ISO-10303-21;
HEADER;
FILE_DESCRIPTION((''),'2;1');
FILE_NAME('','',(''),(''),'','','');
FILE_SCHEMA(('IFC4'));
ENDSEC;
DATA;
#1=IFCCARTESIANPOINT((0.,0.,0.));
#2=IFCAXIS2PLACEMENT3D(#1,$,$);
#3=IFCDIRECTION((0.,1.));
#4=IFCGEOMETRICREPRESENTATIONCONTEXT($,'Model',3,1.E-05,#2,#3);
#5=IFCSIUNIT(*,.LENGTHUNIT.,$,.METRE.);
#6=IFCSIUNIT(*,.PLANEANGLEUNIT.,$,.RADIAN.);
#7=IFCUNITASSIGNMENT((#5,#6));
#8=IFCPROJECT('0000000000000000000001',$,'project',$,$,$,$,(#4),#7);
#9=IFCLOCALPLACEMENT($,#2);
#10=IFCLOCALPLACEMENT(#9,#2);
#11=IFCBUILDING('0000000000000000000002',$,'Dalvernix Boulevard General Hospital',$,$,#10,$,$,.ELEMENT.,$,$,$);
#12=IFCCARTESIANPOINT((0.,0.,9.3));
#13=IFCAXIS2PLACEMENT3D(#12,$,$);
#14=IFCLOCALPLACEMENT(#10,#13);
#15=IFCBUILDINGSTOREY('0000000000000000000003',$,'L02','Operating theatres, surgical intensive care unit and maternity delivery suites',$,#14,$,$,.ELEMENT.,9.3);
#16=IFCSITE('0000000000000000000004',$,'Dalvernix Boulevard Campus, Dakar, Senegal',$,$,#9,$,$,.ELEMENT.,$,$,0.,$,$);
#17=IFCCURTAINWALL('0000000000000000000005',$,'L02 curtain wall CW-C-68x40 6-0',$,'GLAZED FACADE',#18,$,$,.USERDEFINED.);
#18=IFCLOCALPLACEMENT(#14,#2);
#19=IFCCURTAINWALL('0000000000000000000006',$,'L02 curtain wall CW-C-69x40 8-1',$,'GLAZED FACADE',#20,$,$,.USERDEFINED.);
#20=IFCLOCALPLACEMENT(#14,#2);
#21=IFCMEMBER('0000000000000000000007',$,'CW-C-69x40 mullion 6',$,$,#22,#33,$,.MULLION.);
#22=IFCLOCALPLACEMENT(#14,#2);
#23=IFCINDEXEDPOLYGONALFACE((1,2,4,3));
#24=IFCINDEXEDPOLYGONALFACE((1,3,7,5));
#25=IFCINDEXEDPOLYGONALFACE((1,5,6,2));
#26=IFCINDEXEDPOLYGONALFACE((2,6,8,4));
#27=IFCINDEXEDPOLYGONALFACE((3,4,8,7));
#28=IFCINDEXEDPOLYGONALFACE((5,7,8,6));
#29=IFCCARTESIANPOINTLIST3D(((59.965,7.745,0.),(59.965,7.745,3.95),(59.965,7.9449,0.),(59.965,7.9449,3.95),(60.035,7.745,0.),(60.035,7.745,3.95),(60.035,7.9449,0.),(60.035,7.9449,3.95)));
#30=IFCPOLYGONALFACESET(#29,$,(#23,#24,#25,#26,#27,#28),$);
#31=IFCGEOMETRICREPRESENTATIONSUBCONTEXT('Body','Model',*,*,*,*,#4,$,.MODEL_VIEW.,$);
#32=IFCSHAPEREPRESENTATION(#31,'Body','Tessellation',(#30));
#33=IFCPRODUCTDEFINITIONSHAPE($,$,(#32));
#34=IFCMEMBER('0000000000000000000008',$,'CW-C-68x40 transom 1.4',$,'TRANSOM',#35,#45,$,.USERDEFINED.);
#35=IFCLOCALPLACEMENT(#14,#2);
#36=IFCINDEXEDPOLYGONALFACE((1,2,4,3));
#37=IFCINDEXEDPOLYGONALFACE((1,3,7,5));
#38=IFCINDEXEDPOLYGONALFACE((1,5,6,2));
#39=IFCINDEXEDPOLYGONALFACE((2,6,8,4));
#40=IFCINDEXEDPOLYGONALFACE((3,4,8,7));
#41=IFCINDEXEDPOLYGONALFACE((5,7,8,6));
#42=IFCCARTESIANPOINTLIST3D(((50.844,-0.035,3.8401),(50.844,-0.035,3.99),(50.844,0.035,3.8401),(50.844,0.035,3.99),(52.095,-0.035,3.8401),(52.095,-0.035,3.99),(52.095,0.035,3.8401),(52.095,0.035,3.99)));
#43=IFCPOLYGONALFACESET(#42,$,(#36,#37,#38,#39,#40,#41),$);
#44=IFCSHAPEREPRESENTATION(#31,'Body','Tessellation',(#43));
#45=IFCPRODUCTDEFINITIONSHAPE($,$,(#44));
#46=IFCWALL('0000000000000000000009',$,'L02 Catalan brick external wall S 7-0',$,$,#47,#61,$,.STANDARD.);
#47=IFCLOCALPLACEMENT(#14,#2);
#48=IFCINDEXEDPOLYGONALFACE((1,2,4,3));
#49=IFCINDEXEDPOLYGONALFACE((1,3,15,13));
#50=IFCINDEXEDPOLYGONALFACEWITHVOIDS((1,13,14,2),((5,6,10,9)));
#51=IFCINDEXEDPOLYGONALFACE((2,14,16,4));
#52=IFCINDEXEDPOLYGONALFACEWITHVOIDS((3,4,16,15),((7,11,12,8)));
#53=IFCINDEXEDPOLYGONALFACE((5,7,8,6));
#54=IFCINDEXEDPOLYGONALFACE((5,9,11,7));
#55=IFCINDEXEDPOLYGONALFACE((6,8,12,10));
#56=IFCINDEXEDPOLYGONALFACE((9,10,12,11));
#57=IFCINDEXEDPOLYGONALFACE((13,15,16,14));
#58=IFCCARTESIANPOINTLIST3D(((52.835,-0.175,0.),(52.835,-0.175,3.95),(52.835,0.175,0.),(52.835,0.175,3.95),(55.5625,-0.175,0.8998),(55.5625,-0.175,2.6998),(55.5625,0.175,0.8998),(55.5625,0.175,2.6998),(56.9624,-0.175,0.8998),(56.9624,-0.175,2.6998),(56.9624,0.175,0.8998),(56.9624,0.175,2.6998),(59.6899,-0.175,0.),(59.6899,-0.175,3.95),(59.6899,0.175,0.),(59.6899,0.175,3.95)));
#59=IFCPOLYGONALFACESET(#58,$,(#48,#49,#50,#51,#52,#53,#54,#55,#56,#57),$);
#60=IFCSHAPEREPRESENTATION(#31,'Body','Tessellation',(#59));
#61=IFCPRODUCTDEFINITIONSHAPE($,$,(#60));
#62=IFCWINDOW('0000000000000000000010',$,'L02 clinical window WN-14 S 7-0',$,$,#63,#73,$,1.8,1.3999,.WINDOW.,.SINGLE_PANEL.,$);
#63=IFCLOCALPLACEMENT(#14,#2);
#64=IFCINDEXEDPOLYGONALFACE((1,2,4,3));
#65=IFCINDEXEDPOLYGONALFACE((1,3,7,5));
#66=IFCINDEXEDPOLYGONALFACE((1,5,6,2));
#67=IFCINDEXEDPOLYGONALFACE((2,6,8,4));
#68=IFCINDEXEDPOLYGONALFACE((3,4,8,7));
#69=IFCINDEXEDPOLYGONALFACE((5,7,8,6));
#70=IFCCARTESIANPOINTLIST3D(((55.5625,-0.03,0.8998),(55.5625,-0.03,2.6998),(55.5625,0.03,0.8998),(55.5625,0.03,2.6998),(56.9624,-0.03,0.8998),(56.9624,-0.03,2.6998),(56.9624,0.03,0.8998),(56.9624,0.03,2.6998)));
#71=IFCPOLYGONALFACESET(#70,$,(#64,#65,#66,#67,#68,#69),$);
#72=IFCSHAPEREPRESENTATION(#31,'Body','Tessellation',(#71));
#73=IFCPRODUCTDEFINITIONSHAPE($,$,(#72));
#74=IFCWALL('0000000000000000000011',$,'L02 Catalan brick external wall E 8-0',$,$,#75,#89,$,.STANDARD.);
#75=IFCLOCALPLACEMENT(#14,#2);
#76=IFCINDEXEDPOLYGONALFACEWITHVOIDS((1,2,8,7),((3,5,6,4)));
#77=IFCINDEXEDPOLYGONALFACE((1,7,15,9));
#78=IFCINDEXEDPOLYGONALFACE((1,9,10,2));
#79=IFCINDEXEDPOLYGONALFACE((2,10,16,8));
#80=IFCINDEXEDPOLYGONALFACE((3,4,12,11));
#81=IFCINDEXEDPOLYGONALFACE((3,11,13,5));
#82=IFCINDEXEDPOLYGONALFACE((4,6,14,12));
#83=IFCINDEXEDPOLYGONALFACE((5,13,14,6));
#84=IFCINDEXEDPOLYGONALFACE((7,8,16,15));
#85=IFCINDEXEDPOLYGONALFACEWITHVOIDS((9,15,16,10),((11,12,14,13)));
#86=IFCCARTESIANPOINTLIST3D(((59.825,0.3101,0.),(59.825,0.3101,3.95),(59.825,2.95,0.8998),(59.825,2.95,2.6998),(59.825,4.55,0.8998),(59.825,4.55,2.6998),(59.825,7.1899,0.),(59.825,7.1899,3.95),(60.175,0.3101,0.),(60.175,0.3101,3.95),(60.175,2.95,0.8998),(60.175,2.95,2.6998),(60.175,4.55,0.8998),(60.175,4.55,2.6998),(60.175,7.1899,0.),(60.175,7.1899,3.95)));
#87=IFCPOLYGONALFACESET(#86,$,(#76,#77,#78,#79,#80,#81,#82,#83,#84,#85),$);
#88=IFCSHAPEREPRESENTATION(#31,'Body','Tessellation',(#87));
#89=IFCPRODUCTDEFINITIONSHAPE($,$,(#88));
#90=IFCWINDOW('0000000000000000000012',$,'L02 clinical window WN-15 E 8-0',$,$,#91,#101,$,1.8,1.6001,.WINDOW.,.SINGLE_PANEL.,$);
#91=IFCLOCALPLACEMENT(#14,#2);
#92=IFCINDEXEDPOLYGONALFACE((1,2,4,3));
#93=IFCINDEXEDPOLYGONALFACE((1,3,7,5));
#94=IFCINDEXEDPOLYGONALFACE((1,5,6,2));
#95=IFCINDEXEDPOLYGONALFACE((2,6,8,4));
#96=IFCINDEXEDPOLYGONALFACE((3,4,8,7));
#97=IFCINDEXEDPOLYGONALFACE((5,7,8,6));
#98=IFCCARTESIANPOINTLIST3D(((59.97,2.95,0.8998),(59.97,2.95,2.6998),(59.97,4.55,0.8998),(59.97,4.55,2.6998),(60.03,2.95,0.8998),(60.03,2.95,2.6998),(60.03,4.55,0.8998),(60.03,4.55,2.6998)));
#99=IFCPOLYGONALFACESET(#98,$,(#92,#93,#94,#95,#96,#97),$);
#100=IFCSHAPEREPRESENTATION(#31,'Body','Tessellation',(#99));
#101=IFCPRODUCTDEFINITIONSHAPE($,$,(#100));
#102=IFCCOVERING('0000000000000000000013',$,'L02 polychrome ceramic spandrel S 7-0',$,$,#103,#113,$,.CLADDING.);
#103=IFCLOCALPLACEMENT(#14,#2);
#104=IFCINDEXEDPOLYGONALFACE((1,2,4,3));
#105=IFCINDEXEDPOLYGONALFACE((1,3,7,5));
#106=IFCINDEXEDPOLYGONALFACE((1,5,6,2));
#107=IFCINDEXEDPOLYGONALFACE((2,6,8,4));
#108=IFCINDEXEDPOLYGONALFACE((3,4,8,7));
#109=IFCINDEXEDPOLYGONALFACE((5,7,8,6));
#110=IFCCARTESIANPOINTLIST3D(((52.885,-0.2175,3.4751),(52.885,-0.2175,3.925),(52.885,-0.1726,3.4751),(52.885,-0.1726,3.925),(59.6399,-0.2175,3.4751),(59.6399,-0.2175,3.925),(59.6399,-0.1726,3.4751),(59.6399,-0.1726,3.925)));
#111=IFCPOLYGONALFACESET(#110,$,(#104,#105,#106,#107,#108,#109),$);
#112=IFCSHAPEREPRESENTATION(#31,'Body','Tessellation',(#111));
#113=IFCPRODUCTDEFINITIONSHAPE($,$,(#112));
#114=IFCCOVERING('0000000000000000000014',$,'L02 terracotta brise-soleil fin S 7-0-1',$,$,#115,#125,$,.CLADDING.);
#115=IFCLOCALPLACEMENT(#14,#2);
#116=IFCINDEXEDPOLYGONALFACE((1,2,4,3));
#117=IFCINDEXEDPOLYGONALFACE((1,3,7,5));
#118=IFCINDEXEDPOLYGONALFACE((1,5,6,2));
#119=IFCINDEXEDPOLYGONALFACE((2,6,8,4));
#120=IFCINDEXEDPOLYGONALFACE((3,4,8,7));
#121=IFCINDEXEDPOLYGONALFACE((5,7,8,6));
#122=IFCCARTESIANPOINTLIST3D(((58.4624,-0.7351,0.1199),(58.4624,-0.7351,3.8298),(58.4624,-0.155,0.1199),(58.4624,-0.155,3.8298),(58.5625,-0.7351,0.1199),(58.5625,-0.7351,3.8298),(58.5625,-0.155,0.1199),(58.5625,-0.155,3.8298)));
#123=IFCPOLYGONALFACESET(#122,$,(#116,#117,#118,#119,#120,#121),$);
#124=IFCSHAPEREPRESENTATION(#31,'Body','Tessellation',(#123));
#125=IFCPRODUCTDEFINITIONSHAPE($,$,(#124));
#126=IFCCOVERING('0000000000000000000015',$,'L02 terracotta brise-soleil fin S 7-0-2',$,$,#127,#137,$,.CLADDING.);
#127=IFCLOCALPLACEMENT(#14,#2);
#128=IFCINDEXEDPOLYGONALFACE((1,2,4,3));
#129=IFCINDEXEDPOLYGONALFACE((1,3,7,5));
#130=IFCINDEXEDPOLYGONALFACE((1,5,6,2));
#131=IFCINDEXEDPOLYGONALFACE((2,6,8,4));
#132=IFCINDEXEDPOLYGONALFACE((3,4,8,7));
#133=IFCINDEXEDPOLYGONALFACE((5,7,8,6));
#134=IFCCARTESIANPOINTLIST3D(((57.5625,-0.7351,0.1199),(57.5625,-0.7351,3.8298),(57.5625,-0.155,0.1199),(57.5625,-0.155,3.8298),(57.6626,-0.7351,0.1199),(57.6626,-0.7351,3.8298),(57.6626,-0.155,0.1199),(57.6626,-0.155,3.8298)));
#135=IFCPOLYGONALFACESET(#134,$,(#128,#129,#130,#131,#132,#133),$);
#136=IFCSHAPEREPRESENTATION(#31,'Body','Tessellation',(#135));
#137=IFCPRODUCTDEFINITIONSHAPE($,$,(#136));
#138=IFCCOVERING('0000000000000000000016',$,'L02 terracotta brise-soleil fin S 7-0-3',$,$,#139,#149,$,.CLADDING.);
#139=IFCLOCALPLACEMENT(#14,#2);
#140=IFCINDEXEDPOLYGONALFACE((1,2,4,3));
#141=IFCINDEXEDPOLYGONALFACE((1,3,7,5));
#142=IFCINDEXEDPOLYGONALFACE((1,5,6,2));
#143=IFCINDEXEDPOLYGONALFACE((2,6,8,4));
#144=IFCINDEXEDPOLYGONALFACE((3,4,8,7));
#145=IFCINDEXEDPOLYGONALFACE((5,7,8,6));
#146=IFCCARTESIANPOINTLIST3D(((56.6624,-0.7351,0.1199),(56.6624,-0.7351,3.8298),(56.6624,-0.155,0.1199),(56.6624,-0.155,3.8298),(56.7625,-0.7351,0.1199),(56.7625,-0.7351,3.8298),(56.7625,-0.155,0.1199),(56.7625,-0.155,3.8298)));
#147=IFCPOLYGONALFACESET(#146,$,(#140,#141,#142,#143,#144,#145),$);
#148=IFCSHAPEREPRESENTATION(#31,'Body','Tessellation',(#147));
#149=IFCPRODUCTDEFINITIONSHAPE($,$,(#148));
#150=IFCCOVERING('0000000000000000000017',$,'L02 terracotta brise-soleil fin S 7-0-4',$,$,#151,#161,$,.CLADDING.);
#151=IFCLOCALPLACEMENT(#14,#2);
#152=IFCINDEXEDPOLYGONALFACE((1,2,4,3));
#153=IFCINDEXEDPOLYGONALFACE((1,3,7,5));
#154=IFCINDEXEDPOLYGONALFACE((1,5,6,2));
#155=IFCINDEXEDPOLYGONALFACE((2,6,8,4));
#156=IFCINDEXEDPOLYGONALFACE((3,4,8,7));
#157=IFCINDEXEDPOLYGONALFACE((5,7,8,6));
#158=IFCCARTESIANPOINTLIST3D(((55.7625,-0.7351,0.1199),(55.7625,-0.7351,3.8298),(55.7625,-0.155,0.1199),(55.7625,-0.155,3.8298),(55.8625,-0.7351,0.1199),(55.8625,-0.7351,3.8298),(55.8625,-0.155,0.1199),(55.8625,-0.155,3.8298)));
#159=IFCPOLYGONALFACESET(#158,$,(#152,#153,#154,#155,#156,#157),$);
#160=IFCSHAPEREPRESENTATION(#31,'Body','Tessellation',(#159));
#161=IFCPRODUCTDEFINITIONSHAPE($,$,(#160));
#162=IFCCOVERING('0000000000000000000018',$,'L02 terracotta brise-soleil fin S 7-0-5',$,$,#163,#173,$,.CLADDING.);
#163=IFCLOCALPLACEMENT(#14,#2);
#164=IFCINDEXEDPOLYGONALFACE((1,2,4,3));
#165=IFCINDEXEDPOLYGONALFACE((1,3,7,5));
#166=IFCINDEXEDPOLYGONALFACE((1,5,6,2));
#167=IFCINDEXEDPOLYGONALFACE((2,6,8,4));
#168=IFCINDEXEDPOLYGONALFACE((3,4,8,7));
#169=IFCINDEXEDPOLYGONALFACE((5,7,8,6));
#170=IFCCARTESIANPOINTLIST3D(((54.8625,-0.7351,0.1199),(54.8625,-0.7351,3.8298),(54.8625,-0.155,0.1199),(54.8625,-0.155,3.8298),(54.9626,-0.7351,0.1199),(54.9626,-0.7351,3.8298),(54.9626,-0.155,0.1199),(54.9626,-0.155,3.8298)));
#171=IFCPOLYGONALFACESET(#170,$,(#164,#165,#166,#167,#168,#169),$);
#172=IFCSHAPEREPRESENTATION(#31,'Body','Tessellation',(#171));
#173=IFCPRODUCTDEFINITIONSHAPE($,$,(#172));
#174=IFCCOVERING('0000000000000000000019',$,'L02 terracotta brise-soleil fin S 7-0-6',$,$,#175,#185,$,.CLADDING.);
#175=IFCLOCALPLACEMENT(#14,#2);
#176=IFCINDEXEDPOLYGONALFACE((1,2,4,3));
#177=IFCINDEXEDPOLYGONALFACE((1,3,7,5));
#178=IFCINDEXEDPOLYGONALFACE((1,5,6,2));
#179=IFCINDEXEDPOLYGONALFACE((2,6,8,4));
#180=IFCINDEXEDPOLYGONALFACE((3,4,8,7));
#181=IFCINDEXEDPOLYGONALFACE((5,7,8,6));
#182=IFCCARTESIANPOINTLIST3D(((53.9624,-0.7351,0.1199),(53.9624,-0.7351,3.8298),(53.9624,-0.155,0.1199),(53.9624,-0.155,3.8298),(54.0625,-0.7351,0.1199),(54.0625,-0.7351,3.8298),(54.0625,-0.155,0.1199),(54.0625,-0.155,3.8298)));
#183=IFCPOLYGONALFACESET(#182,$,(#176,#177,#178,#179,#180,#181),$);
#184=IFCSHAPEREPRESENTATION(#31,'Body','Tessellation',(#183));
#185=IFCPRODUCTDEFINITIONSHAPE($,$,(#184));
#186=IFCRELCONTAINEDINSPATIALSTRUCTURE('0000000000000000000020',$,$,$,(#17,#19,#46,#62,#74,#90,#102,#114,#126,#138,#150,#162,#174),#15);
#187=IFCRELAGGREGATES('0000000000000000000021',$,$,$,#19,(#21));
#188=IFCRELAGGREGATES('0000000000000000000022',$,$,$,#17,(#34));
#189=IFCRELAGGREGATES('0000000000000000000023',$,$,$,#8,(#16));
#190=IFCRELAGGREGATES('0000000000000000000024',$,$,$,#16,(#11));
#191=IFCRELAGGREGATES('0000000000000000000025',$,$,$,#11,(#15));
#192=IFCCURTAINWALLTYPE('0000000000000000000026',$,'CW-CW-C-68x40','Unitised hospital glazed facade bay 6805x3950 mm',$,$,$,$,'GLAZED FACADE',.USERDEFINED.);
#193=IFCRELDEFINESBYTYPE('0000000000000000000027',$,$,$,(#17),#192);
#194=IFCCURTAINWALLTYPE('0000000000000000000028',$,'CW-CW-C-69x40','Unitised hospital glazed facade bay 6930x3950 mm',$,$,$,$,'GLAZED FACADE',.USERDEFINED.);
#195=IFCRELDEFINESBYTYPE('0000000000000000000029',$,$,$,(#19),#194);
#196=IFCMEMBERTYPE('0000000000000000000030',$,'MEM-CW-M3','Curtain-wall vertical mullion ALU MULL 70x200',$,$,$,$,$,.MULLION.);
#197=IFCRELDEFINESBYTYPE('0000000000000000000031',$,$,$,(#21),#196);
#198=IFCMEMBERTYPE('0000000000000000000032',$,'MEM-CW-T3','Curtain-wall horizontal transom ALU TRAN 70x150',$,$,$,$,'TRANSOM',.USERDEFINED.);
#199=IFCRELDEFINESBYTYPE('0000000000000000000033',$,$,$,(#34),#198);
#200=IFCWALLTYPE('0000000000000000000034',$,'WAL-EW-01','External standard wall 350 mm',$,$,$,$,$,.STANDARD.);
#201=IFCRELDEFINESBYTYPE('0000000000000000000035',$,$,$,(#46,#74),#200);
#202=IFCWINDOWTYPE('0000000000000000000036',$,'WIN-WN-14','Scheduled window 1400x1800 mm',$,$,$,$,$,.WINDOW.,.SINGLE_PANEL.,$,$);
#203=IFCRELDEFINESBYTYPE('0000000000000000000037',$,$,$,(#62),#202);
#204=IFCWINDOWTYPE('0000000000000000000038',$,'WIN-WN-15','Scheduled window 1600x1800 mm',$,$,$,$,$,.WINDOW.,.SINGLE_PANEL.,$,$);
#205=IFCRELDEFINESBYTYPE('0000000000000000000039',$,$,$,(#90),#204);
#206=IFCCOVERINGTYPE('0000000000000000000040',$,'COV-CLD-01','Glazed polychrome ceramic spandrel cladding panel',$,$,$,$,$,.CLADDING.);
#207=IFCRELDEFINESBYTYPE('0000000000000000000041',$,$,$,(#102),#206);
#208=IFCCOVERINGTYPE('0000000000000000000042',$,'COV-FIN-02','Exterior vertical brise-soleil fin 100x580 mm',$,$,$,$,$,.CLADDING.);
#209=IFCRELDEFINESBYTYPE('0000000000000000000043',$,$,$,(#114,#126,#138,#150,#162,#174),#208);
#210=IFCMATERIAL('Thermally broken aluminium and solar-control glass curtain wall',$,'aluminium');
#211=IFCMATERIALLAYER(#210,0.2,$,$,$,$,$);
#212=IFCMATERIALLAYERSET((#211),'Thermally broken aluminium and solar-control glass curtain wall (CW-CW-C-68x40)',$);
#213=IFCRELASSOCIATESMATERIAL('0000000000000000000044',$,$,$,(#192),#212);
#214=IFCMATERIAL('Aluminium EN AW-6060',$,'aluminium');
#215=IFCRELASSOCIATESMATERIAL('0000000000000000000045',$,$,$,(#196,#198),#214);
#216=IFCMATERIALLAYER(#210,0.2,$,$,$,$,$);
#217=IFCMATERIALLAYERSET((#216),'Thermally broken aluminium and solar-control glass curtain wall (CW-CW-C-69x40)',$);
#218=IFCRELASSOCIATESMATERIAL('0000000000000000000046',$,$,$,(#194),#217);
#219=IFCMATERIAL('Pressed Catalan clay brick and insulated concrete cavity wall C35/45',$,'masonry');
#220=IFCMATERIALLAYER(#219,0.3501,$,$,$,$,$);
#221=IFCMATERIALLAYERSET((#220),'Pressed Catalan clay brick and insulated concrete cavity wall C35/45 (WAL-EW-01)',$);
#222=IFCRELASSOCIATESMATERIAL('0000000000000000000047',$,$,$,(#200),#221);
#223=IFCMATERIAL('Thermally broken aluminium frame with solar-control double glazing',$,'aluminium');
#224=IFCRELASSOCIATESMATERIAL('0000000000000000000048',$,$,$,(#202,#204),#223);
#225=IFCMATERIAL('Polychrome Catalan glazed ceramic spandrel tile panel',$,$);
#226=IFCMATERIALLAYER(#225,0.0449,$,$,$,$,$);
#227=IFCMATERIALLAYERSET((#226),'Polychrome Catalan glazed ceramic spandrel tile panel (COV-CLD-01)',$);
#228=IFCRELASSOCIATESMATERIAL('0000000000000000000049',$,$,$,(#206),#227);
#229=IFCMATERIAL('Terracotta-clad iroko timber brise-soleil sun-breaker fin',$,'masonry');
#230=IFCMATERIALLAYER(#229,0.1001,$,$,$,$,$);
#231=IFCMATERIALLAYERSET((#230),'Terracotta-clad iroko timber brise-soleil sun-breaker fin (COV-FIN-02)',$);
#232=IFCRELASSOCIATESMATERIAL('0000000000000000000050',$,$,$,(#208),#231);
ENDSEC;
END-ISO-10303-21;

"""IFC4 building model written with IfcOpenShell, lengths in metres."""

from ifc_helpers import new_model, si_unit, direction, frame, frame_2d, origin, origin_2d, place, context, subcontext, project, spatial, rectangle, extrude, material, layer, layer_set, material_profile, profile_set, type_object, element, fill, aggregate, save


model = new_model("IFC4")

# Units and contexts
model_context = context("Model", 3, precision=1e-05, world=origin(), true_north=direction((0.0, 1.0)))
body_context = subcontext(model_context, "Body", "Model", "MODEL_VIEW")
ifc_project = project(units=[si_unit("LENGTHUNIT", "METRE"), si_unit("PLANEANGLEUNIT", "RADIAN")], contexts=[model_context])

# Site, building, storey
site_placement = place(None, origin())
site = spatial("IfcSite", under=ifc_project, at=site_placement, Name="Dalvernix Boulevard Campus, Dakar, Senegal", CompositionType="ELEMENT", RefElevation=0.0)
building_placement = place(site_placement, origin())
building = spatial("IfcBuilding", under=site, at=building_placement, Name="Dalvernix Boulevard General Hospital", CompositionType="ELEMENT")
storey_placement = place(building_placement, frame((0.0, 0.0, 9.3)))
storey = spatial("IfcBuildingStorey", under=building, at=storey_placement, Name="L02", Description="Operating theatres, surgical intensive care unit and maternity delivery suites", CompositionType="ELEMENT", Elevation=9.3)

# Curtain walls, member
ifc_material_1 = material(Name="Thermally broken aluminium and solar-control glass curtain wall", Category="aluminium")
ifc_layer_1 = layer(ifc_material_1, 0.2)
ifc_layer_set_1 = layer_set([ifc_layer_1], Name="Thermally broken aluminium and solar-control glass curtain wall (CW-CW-C-68x40)")
curtain_wall_type_1 = type_object("IfcCurtainWallType", Name="CW-CW-C-68x40", Description="Unitised hospital glazed facade bay 6805x3950 mm", ElementType="GLAZED FACADE", PredefinedType="USERDEFINED", material=ifc_layer_set_1)
curtain_wall_1_placement = place(storey_placement, origin())
curtain_wall_1 = element("IfcCurtainWall", 1, at=curtain_wall_1_placement, inside=storey, type_object=curtain_wall_type_1, Name="L02 curtain wall CW-C-68x40 6-0", ObjectType="GLAZED FACADE", PredefinedType="USERDEFINED")
ifc_material_2 = material(Name="Aluminium EN AW-6060", Category="aluminium")
ifc_material_profile_1 = material_profile(ifc_material_2, rectangle(XDim=0.0701, YDim=0.2, at=origin_2d()), Name="ALU MULL 70x200")
ifc_profile_set_1 = profile_set([ifc_material_profile_1], Name="Aluminium EN AW-6060")
member_type_1 = type_object("IfcMemberType", Name="MEM-CW-M3", Description="Curtain-wall vertical mullion ALU MULL 70x200", PredefinedType="MULLION", material=ifc_profile_set_1)
ifc_layer_2 = layer(ifc_material_1, 0.2)
ifc_layer_set_2 = layer_set([ifc_layer_2], Name="Thermally broken aluminium and solar-control glass curtain wall (CW-CW-C-69x40)")
curtain_wall_type_2 = type_object("IfcCurtainWallType", Name="CW-CW-C-69x40", Description="Unitised hospital glazed facade bay 6930x3950 mm", ElementType="GLAZED FACADE", PredefinedType="USERDEFINED", material=ifc_layer_set_2)
curtain_wall_2_placement = place(storey_placement, origin())
curtain_wall_2 = element("IfcCurtainWall", 2, at=curtain_wall_2_placement, inside=storey, type_object=curtain_wall_type_2, Name="L02 curtain wall CW-C-69x40 8-1", ObjectType="GLAZED FACADE", PredefinedType="USERDEFINED")
member_1_placement = place(storey_placement, frame((60.0, 7.845, 0.0), z_axis=(0.0, 0.0, 1.0), x_axis=(1.0, 0.0, 0.0)))
member_1 = element("IfcMember", 3, at=member_1_placement, type_object=member_type_1, Name="CW-C-69x40 mullion 6", PredefinedType="MULLION", context=body_context, shape_type="SweptSolid", body=[
    extrude(rectangle(XDim=0.0701, YDim=0.2, at=origin_2d()), origin(), (0.0, 0.0, 1.0), 3.95),
])
aggregate(curtain_wall_2, [member_1])

# Member
ifc_material_profile_2 = material_profile(ifc_material_2, rectangle(XDim=0.0701, YDim=0.1499, at=origin_2d()), Name="ALU TRAN 70x150")
ifc_profile_set_2 = profile_set([ifc_material_profile_2], Name="Aluminium EN AW-6060")
member_type_2 = type_object("IfcMemberType", Name="MEM-CW-T3", Description="Curtain-wall horizontal transom ALU TRAN 70x150", ElementType="TRANSOM", PredefinedType="USERDEFINED", material=ifc_profile_set_2)
member_2_placement = place(storey_placement, frame((52.095, 0.0, 3.915), z_axis=(-1.0, 0.0, 0.0), x_axis=(0.0, -1.0, 0.0)))
member_2 = element("IfcMember", 4, at=member_2_placement, type_object=member_type_2, Name="CW-C-68x40 transom 1.4", ObjectType="TRANSOM", PredefinedType="USERDEFINED", context=body_context, shape_type="SweptSolid", body=[
    extrude(rectangle(XDim=0.0701, YDim=0.1499, at=origin_2d()), origin(), (0.0, 0.0, 1.0), 1.251),
])
aggregate(curtain_wall_1, [member_2])

# Walls, openings, windows
ifc_material_3 = material(Name="Pressed Catalan clay brick and insulated concrete cavity wall C35/45", Category="masonry")
ifc_layer_3 = layer(ifc_material_3, 0.3501)
ifc_layer_set_3 = layer_set([ifc_layer_3], Name="Pressed Catalan clay brick and insulated concrete cavity wall C35/45 (WAL-EW-01)")
wall_type = type_object("IfcWallType", Name="WAL-EW-01", Description="External standard wall 350 mm", PredefinedType="STANDARD", material=ifc_layer_set_3)
wall_1_placement = place(storey_placement, frame((59.6899, 0.0, 0.0), z_axis=(0.0, 0.0, 1.0), x_axis=(-1.0, 0.0, 0.0)))
wall_1 = element("IfcWall", 5, at=wall_1_placement, inside=storey, type_object=wall_type, Name="L02 Catalan brick external wall S 7-0", PredefinedType="STANDARD", context=body_context, shape_type="SweptSolid", body=[
    extrude(rectangle(XDim=6.855, YDim=0.3501, at=frame_2d((3.4275, 0.0))), origin(), (0.0, 0.0, 1.0), 3.95),
])
opening_1_placement = place(wall_1_placement, frame((2.7275, 0.0, 0.8999)))
opening_1 = element("IfcOpeningElement", 6, at=opening_1_placement, cuts=wall_1, PredefinedType="OPENING", context=body_context, shape_type="SweptSolid", body=[
    extrude(rectangle(XDim=1.3999, YDim=1.8, at=frame_2d((0.7, 0.8999))), frame((0.0, 0.1851, 0.0), z_axis=(0.0, -1.0, 0.0), x_axis=(1.0, 0.0, 0.0)), (0.0, 0.0, 1.0), 0.3701),
])
ifc_material_4 = material(Name="Thermally broken aluminium frame with solar-control double glazing", Category="aluminium")
window_type_1 = type_object("IfcWindowType", Name="WIN-WN-14", Description="Scheduled window 1400x1800 mm", PartitioningType="SINGLE_PANEL", PredefinedType="WINDOW", material=ifc_material_4)
window_1_placement = place(opening_1_placement, origin())
window_1 = element("IfcWindow", 7, at=window_1_placement, inside=storey, type_object=window_type_1, Name="L02 clinical window WN-14 S 7-0", OverallHeight=1.8, OverallWidth=1.3999, PartitioningType="SINGLE_PANEL", PredefinedType="WINDOW", context=body_context, shape_type="SweptSolid", body=[
    extrude(rectangle(XDim=1.3999, YDim=1.8, at=frame_2d((0.7, 0.8999))), frame((0.0, 0.03, 0.0), z_axis=(0.0, -1.0, 0.0), x_axis=(1.0, 0.0, 0.0)), (0.0, 0.0, 1.0), 0.0601),
])
fill(opening_1, window_1)
wall_2_placement = place(storey_placement, frame((60.0, 7.1899, 0.0), z_axis=(0.0, 0.0, 1.0), x_axis=(0.0, -1.0, 0.0)))
wall_2 = element("IfcWall", 8, at=wall_2_placement, inside=storey, type_object=wall_type, Name="L02 Catalan brick external wall E 8-0", PredefinedType="STANDARD", context=body_context, shape_type="SweptSolid", body=[
    extrude(rectangle(XDim=6.8799, YDim=0.3501, at=frame_2d((3.4399, 0.0))), origin(), (0.0, 0.0, 1.0), 3.95),
])
opening_2_placement = place(wall_2_placement, frame((2.6399, 0.0, 0.8999)))
opening_2 = element("IfcOpeningElement", 9, at=opening_2_placement, cuts=wall_2, PredefinedType="OPENING", context=body_context, shape_type="SweptSolid", body=[
    extrude(rectangle(XDim=1.6001, YDim=1.8, at=frame_2d((0.8, 0.8999))), frame((0.0, 0.1851, 0.0), z_axis=(0.0, -1.0, 0.0), x_axis=(1.0, 0.0, 0.0)), (0.0, 0.0, 1.0), 0.3701),
])
window_type_2 = type_object("IfcWindowType", Name="WIN-WN-15", Description="Scheduled window 1600x1800 mm", PartitioningType="SINGLE_PANEL", PredefinedType="WINDOW", material=ifc_material_4)
window_2_placement = place(opening_2_placement, origin())
window_2 = element("IfcWindow", 10, at=window_2_placement, inside=storey, type_object=window_type_2, Name="L02 clinical window WN-15 E 8-0", OverallHeight=1.8, OverallWidth=1.6001, PartitioningType="SINGLE_PANEL", PredefinedType="WINDOW", context=body_context, shape_type="SweptSolid", body=[
    extrude(rectangle(XDim=1.6001, YDim=1.8, at=frame_2d((0.8, 0.8999))), frame((0.0, 0.03, 0.0), z_axis=(0.0, -1.0, 0.0), x_axis=(1.0, 0.0, 0.0)), (0.0, 0.0, 1.0), 0.0601),
])
fill(opening_2, window_2)

# Coverings
ifc_material_5 = material(Name="Polychrome Catalan glazed ceramic spandrel tile panel")
ifc_layer_4 = layer(ifc_material_5, 0.0449)
ifc_layer_set_4 = layer_set([ifc_layer_4], Name="Polychrome Catalan glazed ceramic spandrel tile panel (COV-CLD-01)")
covering_type_1 = type_object("IfcCoveringType", Name="COV-CLD-01", Description="Glazed polychrome ceramic spandrel cladding panel", PredefinedType="CLADDING", material=ifc_layer_set_4)
covering_placement = place(storey_placement, frame((56.2625, -0.1951, 3.4751), z_axis=(0.0, 0.0, 1.0), x_axis=(-1.0, 0.0, 0.0)))
element("IfcCovering", 11, at=covering_placement, inside=storey, type_object=covering_type_1, Name="L02 polychrome ceramic spandrel S 7-0", PredefinedType="CLADDING", context=body_context, shape_type="SweptSolid", body=[
    extrude(rectangle(XDim=6.7549, YDim=0.0449, at=origin_2d()), origin(), (0.0, 0.0, 1.0), 0.45),
])
ifc_material_6 = material(Name="Terracotta-clad iroko timber brise-soleil sun-breaker fin", Category="masonry")
ifc_layer_5 = layer(ifc_material_6, 0.1001)
ifc_layer_set_5 = layer_set([ifc_layer_5], Name="Terracotta-clad iroko timber brise-soleil sun-breaker fin (COV-FIN-02)")
covering_type_2 = type_object("IfcCoveringType", Name="COV-FIN-02", Description="Exterior vertical brise-soleil fin 100x580 mm", PredefinedType="CLADDING", material=ifc_layer_set_5)
for number, where, z_axis, x_axis, name in (
    (12, (58.5125, -0.4451, 0.1199), (0.0, 0.0, 1.0), (-1.0, 0.0, 0.0), "L02 terracotta brise-soleil fin S 7-0-1"),
    (13, (57.6125, -0.4451, 0.1199), (0.0, 0.0, 1.0), (-1.0, 0.0, 0.0), "L02 terracotta brise-soleil fin S 7-0-2"),
    (14, (56.7124, -0.4451, 0.1199), (0.0, 0.0, 1.0), (-1.0, 0.0, 0.0), "L02 terracotta brise-soleil fin S 7-0-3"),
    (15, (55.8125, -0.4451, 0.1199), (0.0, 0.0, 1.0), (-1.0, 0.0, 0.0), "L02 terracotta brise-soleil fin S 7-0-4"),
    (16, (54.9126, -0.4451, 0.1199), (0.0, 0.0, 1.0), (-1.0, 0.0, 0.0), "L02 terracotta brise-soleil fin S 7-0-5"),
    (17, (54.0125, -0.4451, 0.1199), (0.0, 0.0, 1.0), (-1.0, 0.0, 0.0), "L02 terracotta brise-soleil fin S 7-0-6"),
):
    element("IfcCovering", number, at=place(storey_placement, frame(where, z_axis=z_axis, x_axis=x_axis)), inside=storey, type_object=covering_type_2, Name=name, PredefinedType="CLADDING", context=body_context, shape_type="SweptSolid", body=[
        extrude(rectangle(XDim=0.1001, YDim=0.5801, at=origin_2d()), origin(), (0.0, 0.0, 1.0), 3.71),
    ])

save(model, "model.ifc")
